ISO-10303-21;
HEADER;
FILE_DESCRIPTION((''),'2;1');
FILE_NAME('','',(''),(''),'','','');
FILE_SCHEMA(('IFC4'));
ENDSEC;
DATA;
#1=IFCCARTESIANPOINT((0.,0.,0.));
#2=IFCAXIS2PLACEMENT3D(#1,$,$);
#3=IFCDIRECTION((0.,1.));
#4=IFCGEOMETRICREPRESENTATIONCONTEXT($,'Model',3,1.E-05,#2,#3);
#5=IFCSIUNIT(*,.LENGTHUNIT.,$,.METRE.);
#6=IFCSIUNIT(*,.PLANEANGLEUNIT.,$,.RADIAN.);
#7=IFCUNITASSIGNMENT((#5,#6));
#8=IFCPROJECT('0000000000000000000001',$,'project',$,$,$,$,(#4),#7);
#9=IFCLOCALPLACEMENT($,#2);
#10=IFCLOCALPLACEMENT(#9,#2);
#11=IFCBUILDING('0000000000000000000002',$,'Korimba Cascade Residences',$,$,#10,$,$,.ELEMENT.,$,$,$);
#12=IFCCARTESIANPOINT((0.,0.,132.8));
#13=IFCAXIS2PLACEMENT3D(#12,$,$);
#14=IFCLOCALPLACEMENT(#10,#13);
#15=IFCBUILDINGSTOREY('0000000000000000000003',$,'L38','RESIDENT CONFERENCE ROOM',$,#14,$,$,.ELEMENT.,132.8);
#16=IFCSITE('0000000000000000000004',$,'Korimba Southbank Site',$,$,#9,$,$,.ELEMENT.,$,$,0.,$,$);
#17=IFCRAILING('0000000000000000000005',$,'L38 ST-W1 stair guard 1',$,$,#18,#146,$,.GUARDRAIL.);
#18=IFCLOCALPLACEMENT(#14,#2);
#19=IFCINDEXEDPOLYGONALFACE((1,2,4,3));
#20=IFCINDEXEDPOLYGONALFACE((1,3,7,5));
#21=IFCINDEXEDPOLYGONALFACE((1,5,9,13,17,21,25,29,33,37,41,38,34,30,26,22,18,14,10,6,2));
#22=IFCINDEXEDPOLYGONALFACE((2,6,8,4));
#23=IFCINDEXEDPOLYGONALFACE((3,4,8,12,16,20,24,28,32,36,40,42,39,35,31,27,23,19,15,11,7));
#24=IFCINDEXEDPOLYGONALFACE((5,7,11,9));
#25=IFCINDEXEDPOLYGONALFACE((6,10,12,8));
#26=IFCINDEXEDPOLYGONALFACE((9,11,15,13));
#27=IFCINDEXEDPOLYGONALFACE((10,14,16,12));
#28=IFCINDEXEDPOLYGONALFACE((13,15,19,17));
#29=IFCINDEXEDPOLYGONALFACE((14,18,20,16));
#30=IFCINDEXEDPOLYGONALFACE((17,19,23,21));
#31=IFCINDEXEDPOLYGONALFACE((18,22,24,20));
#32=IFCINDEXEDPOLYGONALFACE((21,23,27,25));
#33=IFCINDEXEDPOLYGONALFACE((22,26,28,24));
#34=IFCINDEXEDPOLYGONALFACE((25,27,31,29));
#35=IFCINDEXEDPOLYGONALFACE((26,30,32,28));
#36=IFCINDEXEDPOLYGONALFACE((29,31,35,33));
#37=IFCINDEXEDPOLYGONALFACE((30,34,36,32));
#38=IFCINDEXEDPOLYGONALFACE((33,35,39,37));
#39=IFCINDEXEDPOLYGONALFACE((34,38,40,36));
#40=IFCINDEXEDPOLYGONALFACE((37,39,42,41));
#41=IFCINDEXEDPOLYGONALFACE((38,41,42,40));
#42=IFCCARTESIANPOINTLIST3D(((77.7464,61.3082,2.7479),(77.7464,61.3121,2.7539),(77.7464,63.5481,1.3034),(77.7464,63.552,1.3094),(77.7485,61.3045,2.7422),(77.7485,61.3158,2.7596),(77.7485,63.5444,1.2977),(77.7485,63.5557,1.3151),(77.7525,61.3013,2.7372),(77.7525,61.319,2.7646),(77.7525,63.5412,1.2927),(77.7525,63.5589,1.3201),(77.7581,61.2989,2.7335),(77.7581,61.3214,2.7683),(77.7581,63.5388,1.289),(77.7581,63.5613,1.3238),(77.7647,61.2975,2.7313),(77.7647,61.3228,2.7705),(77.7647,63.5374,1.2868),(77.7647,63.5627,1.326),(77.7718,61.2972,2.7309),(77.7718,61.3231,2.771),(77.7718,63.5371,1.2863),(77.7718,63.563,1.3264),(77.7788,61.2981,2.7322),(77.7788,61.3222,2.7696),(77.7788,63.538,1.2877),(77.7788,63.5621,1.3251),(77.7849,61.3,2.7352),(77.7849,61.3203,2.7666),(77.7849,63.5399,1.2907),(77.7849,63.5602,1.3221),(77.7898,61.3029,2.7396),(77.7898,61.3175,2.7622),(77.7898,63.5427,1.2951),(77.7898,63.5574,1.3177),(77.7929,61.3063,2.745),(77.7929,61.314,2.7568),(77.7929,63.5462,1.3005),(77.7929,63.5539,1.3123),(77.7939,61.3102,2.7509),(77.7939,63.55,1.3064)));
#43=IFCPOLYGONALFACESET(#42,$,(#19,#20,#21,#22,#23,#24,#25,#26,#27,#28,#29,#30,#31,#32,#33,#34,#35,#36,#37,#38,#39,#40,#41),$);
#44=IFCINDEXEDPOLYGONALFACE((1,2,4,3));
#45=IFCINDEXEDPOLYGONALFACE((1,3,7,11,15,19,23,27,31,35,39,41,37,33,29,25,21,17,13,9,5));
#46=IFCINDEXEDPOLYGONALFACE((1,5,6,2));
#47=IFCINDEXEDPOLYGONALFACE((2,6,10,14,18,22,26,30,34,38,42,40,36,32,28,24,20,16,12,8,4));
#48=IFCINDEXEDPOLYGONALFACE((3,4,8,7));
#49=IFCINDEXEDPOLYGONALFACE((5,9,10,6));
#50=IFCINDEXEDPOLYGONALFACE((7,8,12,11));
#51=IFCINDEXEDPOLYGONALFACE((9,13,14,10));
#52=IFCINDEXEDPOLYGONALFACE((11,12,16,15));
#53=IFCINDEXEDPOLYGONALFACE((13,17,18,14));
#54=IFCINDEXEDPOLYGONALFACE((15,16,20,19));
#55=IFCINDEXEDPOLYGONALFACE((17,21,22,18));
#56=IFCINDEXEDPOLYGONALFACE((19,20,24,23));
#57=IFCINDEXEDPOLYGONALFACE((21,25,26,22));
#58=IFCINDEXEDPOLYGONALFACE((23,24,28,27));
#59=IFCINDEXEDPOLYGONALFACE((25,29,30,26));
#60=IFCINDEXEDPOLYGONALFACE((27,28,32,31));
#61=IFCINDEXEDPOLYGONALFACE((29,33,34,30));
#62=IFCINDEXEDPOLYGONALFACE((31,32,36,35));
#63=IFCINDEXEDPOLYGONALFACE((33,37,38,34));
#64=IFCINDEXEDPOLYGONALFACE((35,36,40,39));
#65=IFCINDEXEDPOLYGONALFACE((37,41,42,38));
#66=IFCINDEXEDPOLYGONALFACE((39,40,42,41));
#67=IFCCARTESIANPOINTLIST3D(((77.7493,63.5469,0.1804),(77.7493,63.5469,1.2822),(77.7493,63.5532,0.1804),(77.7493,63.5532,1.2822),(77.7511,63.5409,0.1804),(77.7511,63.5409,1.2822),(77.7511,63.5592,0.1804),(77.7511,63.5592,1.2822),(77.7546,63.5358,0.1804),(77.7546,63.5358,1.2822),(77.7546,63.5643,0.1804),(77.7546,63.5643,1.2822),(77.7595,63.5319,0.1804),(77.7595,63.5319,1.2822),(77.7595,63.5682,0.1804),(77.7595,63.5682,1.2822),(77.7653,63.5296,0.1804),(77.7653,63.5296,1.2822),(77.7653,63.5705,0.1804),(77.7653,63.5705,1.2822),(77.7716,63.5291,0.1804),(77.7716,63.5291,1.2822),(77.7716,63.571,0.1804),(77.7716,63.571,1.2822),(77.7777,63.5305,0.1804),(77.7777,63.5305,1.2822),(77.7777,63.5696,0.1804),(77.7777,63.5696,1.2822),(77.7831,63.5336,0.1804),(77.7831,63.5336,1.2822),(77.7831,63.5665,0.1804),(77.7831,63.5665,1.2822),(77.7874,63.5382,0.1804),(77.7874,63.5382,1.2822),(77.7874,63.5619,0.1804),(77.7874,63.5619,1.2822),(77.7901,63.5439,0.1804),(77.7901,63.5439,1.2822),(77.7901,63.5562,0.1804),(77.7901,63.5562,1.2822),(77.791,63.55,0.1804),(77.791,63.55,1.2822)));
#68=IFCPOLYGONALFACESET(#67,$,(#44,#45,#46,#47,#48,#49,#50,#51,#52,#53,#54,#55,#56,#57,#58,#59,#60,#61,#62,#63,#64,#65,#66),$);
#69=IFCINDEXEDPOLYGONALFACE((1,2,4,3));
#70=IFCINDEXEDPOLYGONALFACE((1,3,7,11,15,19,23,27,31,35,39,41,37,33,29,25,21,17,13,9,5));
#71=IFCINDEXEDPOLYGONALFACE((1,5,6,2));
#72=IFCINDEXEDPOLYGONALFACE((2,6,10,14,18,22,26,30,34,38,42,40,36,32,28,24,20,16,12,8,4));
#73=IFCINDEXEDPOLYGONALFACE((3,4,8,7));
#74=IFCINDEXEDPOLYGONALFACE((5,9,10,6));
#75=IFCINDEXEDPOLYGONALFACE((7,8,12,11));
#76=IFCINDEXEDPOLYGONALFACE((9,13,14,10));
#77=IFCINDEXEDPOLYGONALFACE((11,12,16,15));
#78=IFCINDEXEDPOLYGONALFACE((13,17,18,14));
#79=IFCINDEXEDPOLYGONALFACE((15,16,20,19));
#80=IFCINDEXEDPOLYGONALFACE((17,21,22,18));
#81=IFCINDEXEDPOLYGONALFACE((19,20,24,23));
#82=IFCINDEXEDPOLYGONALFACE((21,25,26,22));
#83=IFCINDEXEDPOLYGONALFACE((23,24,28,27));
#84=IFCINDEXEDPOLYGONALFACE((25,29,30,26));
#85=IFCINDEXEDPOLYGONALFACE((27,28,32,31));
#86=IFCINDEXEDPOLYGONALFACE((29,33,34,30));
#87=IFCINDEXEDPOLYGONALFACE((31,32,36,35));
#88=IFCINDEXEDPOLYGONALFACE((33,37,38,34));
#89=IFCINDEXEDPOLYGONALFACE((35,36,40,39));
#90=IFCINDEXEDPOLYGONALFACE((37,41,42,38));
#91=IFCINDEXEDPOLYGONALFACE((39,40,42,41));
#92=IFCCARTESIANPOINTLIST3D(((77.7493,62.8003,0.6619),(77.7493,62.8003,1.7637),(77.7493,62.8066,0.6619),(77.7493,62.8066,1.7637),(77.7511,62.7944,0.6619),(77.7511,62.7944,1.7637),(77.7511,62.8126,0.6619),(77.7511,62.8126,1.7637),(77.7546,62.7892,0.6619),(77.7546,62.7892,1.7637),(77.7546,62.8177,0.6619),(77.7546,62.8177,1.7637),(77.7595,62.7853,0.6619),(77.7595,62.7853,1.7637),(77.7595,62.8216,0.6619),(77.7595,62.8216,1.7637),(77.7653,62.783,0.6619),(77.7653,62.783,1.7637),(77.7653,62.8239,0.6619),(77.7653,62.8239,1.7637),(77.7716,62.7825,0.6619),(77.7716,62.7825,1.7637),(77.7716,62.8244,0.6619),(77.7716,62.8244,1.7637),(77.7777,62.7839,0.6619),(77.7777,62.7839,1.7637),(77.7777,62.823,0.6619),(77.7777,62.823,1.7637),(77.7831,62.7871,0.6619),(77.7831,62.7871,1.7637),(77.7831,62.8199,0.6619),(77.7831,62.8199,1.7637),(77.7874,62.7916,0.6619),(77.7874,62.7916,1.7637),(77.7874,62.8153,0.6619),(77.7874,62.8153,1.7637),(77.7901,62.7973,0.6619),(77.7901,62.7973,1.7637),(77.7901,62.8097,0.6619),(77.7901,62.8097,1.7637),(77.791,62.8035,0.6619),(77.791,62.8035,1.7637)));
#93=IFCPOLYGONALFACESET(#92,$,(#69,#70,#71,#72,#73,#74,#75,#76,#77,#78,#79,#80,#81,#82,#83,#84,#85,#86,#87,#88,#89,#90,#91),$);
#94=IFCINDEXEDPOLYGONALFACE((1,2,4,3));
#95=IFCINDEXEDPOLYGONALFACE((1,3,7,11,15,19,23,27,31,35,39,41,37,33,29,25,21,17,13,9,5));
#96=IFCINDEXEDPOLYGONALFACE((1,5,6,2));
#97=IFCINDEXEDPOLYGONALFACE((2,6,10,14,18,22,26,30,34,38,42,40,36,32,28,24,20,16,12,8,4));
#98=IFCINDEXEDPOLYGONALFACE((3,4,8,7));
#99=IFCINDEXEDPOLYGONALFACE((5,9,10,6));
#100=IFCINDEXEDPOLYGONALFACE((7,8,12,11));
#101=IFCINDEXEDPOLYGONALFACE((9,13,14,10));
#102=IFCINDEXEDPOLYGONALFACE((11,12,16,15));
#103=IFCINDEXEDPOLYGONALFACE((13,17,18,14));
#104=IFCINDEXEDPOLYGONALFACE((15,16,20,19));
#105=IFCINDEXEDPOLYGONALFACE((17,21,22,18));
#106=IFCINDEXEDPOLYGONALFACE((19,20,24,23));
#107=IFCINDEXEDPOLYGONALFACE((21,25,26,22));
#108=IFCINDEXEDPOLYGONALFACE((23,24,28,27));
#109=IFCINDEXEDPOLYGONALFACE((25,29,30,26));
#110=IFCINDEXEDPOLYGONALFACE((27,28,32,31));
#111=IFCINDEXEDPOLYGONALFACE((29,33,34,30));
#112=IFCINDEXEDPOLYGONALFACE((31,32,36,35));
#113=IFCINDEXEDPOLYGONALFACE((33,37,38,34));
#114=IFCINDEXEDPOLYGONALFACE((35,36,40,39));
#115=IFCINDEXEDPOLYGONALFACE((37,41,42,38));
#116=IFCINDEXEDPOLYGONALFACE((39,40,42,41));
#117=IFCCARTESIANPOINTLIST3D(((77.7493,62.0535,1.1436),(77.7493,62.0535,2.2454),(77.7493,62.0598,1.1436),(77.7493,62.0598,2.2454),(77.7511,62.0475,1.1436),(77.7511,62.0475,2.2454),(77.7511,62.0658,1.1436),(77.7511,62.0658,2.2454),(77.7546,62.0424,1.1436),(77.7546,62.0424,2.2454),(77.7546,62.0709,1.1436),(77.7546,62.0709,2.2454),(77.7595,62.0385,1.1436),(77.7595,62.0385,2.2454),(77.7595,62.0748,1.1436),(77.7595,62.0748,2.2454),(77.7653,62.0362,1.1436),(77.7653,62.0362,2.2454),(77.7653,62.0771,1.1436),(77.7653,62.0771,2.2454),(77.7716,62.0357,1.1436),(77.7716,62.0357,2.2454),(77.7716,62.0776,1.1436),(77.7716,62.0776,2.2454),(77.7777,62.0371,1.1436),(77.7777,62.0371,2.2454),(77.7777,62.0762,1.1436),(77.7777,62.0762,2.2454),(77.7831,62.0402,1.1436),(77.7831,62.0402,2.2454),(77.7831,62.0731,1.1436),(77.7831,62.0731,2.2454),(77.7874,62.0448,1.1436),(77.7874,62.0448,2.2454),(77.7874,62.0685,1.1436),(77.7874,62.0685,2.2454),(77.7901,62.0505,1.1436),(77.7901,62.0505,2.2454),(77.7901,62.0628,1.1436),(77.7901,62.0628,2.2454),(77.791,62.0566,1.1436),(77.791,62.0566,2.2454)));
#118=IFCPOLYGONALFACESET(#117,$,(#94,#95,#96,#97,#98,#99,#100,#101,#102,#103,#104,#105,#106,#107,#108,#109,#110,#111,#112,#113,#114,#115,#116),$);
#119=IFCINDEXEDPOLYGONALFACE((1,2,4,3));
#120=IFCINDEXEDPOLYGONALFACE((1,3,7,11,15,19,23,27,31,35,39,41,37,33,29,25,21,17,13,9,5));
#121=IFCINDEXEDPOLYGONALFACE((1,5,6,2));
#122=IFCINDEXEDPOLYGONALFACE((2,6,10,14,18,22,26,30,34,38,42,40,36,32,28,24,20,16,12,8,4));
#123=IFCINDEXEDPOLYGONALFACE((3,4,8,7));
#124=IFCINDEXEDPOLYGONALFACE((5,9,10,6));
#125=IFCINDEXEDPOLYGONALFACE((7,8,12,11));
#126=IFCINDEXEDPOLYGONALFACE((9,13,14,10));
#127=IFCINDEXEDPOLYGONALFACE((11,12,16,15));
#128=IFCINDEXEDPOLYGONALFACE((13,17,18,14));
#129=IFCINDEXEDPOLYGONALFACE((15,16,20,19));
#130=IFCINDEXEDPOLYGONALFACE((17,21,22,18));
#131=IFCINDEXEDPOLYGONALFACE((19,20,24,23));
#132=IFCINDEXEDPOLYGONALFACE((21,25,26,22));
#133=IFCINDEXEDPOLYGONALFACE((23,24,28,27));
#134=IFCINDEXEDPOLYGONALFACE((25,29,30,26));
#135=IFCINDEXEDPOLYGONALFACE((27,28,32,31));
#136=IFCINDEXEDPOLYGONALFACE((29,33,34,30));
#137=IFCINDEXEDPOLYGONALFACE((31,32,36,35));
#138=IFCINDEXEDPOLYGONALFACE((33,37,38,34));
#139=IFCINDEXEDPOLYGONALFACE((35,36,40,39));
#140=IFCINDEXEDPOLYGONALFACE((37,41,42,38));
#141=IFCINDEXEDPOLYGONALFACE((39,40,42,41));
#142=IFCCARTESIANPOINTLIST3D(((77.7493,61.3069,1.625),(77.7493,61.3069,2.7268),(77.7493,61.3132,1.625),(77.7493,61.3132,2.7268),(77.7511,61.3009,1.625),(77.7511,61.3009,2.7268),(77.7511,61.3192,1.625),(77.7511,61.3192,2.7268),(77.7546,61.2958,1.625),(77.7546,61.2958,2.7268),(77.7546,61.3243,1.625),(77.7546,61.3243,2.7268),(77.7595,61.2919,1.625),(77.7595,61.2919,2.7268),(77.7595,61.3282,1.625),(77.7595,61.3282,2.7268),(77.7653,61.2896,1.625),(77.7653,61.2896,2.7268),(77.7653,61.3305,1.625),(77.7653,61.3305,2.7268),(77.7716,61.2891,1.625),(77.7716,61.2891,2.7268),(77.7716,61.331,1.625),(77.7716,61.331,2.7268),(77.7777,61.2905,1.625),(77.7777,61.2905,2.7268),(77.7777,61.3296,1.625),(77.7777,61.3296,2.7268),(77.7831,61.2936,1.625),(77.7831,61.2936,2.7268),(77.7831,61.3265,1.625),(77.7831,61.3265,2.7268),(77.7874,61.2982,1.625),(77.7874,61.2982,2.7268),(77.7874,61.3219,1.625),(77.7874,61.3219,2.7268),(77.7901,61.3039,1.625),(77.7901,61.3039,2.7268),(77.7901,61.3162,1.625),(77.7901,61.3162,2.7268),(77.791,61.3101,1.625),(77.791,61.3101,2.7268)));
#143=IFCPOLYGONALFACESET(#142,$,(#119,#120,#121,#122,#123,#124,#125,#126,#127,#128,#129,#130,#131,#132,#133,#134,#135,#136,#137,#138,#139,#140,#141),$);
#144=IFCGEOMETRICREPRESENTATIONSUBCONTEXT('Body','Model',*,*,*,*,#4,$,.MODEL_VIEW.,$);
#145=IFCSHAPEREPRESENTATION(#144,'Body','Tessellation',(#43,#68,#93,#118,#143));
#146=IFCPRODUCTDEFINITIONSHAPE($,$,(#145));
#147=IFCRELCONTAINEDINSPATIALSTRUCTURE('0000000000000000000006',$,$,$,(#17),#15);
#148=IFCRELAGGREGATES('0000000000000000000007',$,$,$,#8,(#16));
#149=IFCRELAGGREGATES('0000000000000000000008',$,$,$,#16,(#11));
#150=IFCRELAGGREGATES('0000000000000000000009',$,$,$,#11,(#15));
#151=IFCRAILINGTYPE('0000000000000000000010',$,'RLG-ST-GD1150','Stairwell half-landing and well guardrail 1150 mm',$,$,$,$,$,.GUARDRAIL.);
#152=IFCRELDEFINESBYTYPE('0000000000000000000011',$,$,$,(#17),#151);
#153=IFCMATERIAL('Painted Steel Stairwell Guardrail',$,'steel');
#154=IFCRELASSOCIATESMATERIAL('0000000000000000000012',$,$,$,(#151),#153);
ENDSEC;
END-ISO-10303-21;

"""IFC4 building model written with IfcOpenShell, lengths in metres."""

from ifc_helpers import new_model, si_unit, direction, frame, origin, origin_2d, place, context, subcontext, project, spatial, circle, extrude, material, type_object, element, save


model = new_model("IFC4")

# Units and contexts
model_context = context("Model", 3, precision=1e-05, world=origin(), true_north=direction((0.0, 1.0)))
body_context = subcontext(model_context, "Body", "Model", "MODEL_VIEW")
ifc_project = project(units=[si_unit("LENGTHUNIT", "METRE"), si_unit("PLANEANGLEUNIT", "RADIAN")], contexts=[model_context])

# Site, building, storey
site_placement = place(None, origin())
site = spatial("IfcSite", under=ifc_project, at=site_placement, Name="Korimba Southbank Site", CompositionType="ELEMENT", RefElevation=0.0)
building_placement = place(site_placement, origin())
building = spatial("IfcBuilding", under=site, at=building_placement, Name="Korimba Cascade Residences", CompositionType="ELEMENT")
storey_placement = place(building_placement, frame((0.0, 0.0, 132.8)))
storey = spatial("IfcBuildingStorey", under=building, at=storey_placement, Name="L38", Description="RESIDENT CONFERENCE ROOM", CompositionType="ELEMENT", Elevation=132.8)

# Railing
ifc_material_1 = material(Name="Painted Steel Stairwell Guardrail", Category="steel")
railing_type_1 = type_object("IfcRailingType", Name="RLG-ST-GD1150", Description="Stairwell half-landing and well guardrail 1150 mm", PredefinedType="GUARDRAIL", material=ifc_material_1)
railing_1_placement = place(storey_placement, frame((77.77, 63.55, 0.1804)))
element("IfcRailing", 1, at=railing_1_placement, inside=storey, type_object=railing_type_1, Name="L38 ST-W1 stair guard 1", PredefinedType="GUARDRAIL", context=body_context, shape_type="SweptSolid", body=[
    extrude(circle(Radius=0.0239, at=origin_2d()), frame((0.0, 0.0, 1.126), z_axis=(0.0, -0.840395, 0.541975), x_axis=(1.0, 0.0, 0.0)), (0.0, 0.0, 1.0), 2.6653),
    extrude(circle(Radius=0.021, at=origin_2d()), origin(), (0.0, 0.0, 1.0), 1.1018),
    extrude(circle(Radius=0.021, at=origin_2d()), frame((0.0, -0.7466, 0.4814)), (0.0, 0.0, 1.0), 1.1018),
    extrude(circle(Radius=0.021, at=origin_2d()), frame((0.0, -1.4934, 0.9631)), (0.0, 0.0, 1.0), 1.1018),
    extrude(circle(Radius=0.021, at=origin_2d()), frame((0.0, -2.24, 1.4446)), (0.0, 0.0, 1.0), 1.1018),
])

save(model, "model.ifc")
